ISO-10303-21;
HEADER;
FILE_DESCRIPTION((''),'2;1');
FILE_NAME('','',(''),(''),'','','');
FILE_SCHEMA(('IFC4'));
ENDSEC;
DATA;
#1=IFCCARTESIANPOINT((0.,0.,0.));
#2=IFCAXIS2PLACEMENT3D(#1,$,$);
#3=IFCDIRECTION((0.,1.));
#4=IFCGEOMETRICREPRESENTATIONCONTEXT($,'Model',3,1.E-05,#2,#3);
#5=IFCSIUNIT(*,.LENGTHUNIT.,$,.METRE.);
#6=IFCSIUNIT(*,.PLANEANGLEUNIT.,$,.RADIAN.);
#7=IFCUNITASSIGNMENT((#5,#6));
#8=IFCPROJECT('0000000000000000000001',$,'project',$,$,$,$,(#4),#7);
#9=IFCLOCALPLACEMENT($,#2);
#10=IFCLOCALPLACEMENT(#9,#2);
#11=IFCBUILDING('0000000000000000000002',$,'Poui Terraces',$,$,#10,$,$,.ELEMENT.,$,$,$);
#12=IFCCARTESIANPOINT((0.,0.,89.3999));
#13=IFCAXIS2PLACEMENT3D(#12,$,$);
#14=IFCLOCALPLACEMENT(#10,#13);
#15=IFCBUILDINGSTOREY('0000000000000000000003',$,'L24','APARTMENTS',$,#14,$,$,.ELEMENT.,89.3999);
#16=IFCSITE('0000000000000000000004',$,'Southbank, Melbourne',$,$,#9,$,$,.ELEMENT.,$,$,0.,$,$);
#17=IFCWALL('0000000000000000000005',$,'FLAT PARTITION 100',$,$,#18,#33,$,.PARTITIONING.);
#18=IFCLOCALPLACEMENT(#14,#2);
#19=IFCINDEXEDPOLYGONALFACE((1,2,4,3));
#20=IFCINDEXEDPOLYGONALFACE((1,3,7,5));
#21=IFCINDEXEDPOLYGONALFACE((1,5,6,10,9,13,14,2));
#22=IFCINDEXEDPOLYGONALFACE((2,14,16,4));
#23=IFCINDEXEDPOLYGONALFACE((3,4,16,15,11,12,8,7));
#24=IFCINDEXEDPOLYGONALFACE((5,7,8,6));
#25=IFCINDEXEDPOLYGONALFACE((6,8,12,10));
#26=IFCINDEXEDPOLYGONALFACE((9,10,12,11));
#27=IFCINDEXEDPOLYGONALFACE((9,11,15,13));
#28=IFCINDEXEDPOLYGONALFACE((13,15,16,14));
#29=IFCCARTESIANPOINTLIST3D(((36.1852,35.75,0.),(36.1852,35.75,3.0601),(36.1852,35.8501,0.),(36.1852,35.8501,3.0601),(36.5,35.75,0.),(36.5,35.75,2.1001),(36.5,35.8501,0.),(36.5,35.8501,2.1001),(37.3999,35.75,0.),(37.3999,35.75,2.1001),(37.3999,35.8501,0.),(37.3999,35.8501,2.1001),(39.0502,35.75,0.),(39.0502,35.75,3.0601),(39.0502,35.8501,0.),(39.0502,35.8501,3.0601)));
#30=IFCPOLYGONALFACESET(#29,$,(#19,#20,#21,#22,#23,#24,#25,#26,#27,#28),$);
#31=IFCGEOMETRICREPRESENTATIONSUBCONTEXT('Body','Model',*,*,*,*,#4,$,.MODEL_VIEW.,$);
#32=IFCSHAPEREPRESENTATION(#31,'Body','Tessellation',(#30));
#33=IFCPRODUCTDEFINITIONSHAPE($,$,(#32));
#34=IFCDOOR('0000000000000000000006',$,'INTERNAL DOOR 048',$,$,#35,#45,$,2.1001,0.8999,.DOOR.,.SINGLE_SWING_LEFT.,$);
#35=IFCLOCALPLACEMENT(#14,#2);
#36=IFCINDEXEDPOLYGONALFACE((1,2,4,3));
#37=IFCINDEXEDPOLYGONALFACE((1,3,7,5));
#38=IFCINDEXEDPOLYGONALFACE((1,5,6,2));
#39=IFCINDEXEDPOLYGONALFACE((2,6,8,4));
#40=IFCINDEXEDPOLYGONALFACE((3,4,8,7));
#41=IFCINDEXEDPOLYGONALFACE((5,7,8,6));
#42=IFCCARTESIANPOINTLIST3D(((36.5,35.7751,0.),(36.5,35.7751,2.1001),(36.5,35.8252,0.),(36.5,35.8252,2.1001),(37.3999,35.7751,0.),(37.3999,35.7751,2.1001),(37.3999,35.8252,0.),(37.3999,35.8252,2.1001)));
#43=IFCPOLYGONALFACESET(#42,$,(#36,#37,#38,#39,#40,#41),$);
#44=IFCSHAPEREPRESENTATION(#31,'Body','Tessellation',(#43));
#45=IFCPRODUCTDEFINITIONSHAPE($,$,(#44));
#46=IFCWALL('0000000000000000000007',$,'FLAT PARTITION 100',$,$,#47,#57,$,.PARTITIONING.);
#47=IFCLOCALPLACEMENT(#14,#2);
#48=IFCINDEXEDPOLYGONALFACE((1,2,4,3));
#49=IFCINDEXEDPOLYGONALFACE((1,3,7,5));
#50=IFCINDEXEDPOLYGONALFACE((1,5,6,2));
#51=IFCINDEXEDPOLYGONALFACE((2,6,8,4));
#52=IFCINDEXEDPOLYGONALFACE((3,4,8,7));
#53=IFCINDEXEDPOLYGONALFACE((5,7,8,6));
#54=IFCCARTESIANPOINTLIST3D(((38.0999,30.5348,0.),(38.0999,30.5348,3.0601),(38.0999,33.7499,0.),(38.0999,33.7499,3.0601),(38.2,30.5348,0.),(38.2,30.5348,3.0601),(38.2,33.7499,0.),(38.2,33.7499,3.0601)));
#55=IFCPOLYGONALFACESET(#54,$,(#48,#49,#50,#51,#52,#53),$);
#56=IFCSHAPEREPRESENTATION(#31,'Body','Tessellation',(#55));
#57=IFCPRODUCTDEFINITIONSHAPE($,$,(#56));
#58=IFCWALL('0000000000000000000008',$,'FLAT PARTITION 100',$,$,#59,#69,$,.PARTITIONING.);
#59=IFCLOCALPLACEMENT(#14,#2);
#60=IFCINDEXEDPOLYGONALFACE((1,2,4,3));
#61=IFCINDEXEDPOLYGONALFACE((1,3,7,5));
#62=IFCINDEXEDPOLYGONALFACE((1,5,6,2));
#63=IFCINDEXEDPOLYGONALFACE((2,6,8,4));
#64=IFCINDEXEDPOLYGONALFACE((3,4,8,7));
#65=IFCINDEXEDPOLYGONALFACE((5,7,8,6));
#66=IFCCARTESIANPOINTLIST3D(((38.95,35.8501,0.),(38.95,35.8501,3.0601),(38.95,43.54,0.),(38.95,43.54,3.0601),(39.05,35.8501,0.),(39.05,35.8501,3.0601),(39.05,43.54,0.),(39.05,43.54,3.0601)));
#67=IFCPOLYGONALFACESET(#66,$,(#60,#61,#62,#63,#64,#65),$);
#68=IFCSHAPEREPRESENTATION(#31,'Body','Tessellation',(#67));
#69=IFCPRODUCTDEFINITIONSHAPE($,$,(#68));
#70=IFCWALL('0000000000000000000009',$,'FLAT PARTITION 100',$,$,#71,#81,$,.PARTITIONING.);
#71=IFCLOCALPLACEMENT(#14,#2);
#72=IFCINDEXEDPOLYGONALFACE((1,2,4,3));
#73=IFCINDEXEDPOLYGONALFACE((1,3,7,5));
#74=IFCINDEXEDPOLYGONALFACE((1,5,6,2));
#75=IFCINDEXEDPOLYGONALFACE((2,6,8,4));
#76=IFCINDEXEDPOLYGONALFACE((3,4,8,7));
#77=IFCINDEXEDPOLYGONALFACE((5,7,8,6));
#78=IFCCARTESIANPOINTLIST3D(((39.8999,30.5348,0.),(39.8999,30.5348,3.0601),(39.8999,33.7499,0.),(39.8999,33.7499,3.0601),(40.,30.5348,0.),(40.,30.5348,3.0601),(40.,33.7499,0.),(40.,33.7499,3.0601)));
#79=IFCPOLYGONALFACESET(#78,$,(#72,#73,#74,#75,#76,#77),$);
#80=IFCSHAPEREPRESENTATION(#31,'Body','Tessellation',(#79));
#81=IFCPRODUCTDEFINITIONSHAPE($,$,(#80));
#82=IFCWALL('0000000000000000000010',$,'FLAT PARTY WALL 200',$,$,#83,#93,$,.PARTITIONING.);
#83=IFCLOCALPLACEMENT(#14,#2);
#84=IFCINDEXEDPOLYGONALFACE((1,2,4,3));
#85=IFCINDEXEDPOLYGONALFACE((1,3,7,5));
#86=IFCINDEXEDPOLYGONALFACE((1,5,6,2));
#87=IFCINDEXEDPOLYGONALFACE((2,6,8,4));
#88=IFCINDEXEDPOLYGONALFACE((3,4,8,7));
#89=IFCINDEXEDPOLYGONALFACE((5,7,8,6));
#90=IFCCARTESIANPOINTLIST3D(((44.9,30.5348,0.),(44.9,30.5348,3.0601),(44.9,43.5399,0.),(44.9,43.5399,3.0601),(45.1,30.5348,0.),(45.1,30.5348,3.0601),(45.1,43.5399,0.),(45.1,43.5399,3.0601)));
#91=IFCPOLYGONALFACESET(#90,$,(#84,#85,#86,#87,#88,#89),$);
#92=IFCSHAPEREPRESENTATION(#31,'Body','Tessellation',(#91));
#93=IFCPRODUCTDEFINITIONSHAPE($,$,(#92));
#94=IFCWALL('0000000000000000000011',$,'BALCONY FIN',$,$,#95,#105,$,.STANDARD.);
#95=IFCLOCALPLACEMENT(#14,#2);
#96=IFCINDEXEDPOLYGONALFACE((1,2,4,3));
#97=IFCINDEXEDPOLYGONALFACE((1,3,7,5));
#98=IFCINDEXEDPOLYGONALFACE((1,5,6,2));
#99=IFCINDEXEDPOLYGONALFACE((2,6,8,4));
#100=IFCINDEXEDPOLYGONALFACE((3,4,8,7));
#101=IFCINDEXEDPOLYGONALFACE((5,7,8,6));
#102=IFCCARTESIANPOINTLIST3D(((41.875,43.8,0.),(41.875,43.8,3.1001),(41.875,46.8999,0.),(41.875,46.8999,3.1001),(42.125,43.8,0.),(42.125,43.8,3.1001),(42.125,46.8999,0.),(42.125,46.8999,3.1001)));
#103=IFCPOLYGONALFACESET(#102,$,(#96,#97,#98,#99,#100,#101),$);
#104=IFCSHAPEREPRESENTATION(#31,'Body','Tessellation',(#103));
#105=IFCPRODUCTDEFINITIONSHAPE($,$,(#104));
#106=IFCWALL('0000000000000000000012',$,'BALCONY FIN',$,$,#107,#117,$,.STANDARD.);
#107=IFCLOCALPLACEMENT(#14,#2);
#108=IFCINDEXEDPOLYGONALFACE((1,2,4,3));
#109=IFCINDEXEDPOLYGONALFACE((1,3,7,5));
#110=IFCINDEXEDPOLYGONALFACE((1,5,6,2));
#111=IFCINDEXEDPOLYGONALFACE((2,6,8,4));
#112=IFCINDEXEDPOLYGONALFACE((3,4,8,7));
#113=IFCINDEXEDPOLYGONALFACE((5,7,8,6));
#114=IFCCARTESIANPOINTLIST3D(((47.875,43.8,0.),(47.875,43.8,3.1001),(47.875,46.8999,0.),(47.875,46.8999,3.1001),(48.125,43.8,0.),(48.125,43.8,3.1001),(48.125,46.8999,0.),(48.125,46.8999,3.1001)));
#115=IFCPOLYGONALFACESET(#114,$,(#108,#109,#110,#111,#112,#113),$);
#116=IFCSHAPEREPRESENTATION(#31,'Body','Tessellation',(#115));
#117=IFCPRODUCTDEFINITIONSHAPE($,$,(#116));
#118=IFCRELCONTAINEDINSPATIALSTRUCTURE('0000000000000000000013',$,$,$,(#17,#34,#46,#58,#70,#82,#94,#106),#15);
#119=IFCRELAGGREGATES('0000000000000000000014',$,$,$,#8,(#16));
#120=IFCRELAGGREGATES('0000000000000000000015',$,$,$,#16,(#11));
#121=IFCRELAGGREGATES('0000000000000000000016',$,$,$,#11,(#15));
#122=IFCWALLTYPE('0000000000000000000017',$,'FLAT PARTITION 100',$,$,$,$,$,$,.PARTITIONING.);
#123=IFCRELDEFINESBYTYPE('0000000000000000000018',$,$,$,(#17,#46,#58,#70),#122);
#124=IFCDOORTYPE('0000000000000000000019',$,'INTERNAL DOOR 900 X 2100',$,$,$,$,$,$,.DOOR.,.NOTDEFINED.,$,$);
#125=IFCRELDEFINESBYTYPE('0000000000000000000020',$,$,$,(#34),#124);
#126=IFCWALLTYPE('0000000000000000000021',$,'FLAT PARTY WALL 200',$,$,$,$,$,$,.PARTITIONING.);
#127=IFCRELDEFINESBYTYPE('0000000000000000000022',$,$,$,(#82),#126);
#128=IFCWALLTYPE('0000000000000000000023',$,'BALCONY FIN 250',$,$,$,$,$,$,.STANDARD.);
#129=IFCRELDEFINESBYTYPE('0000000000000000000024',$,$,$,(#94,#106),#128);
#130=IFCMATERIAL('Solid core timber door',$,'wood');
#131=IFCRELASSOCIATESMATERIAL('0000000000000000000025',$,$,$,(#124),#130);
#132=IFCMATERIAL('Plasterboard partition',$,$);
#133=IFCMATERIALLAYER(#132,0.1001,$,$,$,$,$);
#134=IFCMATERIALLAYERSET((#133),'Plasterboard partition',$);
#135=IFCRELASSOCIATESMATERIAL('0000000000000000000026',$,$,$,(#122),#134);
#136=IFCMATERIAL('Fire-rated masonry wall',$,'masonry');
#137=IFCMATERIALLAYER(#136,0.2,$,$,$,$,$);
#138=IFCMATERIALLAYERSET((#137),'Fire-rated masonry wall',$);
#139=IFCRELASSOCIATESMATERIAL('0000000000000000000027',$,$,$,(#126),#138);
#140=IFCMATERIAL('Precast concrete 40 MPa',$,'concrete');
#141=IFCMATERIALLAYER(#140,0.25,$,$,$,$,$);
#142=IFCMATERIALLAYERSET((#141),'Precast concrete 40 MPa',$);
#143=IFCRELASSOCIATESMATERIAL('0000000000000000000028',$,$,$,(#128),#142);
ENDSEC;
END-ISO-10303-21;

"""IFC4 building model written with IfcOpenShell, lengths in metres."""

from ifc_helpers import new_model, si_unit, direction, frame, frame_2d, origin, place, context, subcontext, project, spatial, polyline, rectangle, outline, extrude, source, transform, mapped, material, layer, layer_set, type_object, element, fill, save


model = new_model("IFC4")

# Units and contexts
model_context = context("Model", 3, precision=1e-05, world=origin(), true_north=direction((0.0, 1.0)))
body_context = subcontext(model_context, "Body", "Model", "MODEL_VIEW")
ifc_project = project(units=[si_unit("LENGTHUNIT", "METRE"), si_unit("PLANEANGLEUNIT", "RADIAN")], contexts=[model_context])

# Site, building, storey
site_placement = place(None, origin())
site = spatial("IfcSite", under=ifc_project, at=site_placement, Name="Southbank, Melbourne", CompositionType="ELEMENT", RefElevation=0.0)
building_placement = place(site_placement, origin())
building = spatial("IfcBuilding", under=site, at=building_placement, Name="Poui Terraces", CompositionType="ELEMENT")
storey_placement = place(building_placement, frame((0.0, 0.0, 89.3999)))
storey = spatial("IfcBuildingStorey", under=building, at=storey_placement, Name="L24", Description="APARTMENTS", CompositionType="ELEMENT", Elevation=89.3999)

# Wall, opening, door
ifc_material_1 = material(Name="Solid core timber door", Category="wood")
door_type_1 = type_object("IfcDoorType", Name="INTERNAL DOOR 900 X 2100", OperationType="NOTDEFINED", PredefinedType="DOOR", material=ifc_material_1)
ifc_material_2 = material(Name="Plasterboard partition")
ifc_layer_1 = layer(ifc_material_2, 0.1001)
ifc_layer_set_1 = layer_set([ifc_layer_1], Name="Plasterboard partition")
wall_type_1 = type_object("IfcWallType", Name="FLAT PARTITION 100", PredefinedType="PARTITIONING", material=ifc_layer_set_1)
wall_1_placement = place(storey_placement, frame((36.1851, 35.8, 0.0), z_axis=(0.0, 0.0, 1.0), x_axis=(1.0, 0.0, 0.0)))
wall_1 = element("IfcWall", 1, at=wall_1_placement, inside=storey, type_object=wall_type_1, Name="FLAT PARTITION 100", PredefinedType="PARTITIONING", context=body_context, shape_type="SweptSolid", body=[
    extrude(rectangle(XDim=2.865, YDim=0.1001, at=frame_2d((1.4326, 0.0))), origin(), (0.0, 0.0, 1.0), 3.0601),
])
opening_1_placement = place(wall_1_placement, frame((0.3149, 0.0, 0.0)))
opening_1 = element("IfcOpeningElement", 2, at=opening_1_placement, cuts=wall_1, PredefinedType="OPENING", context=body_context, shape_type="SweptSolid", body=[
    extrude(rectangle(XDim=0.8999, YDim=2.1001, at=frame_2d((0.45, 1.05))), frame((0.0, 0.0601, 0.0), z_axis=(0.0, -1.0, 0.0), x_axis=(1.0, 0.0, 0.0)), (0.0, 0.0, 1.0), 0.1201),
])
door_1_placement = place(opening_1_placement, frame((0.8999, 0.0, 0.0), z_axis=(0.0, 0.0, 1.0), x_axis=(-1.0, 0.0, 0.0)))
door_1 = element("IfcDoor", 3, at=door_1_placement, inside=storey, type_object=door_type_1, Name="INTERNAL DOOR 048", OperationType="SINGLE_SWING_LEFT", OverallHeight=2.1001, OverallWidth=0.8999, PredefinedType="DOOR", context=body_context, shape_type="SweptSolid", body=[
    extrude(rectangle(XDim=0.8999, YDim=2.1001, at=frame_2d((0.45, 1.05))), frame((0.0, 0.0249, 0.0), z_axis=(0.0, -1.0, 0.0), x_axis=(1.0, 0.0, 0.0)), (0.0, 0.0, 1.0), 0.05),
])
fill(opening_1, door_1)

# Walls
wall_2_placement = place(storey_placement, frame((38.1499, 30.5349, 0.0), z_axis=(0.0, 0.0, 1.0), x_axis=(0.0, 1.0, 0.0)))
element("IfcWall", 4, at=wall_2_placement, inside=storey, type_object=wall_type_1, Name="FLAT PARTITION 100", PredefinedType="PARTITIONING", context=body_context, shape_type="SweptSolid", body=[
    extrude(rectangle(XDim=3.2151, YDim=0.1001, at=frame_2d((1.6074, 0.0))), origin(), (0.0, 0.0, 1.0), 3.0601),
])
wall_3_placement = place(storey_placement, frame((39.0, 35.8501, 0.0), z_axis=(0.0, 0.0, 1.0), x_axis=(0.0, 1.0, 0.0)))
element("IfcWall", 5, at=wall_3_placement, inside=storey, type_object=wall_type_1, Name="FLAT PARTITION 100", PredefinedType="PARTITIONING", context=body_context, shape_type="SweptSolid", body=[
    extrude(rectangle(XDim=7.6899, YDim=0.1001, at=frame_2d((3.845, 0.0))), origin(), (0.0, 0.0, 1.0), 3.0601),
])
wall_4_placement = place(storey_placement, frame((39.95, 30.5349, 0.0), z_axis=(0.0, 0.0, 1.0), x_axis=(0.0, 1.0, 0.0)))
element("IfcWall", 6, at=wall_4_placement, inside=storey, type_object=wall_type_1, Name="FLAT PARTITION 100", PredefinedType="PARTITIONING", context=body_context, shape_type="SweptSolid", body=[
    extrude(rectangle(XDim=3.2151, YDim=0.1001, at=frame_2d((1.6074, 0.0))), origin(), (0.0, 0.0, 1.0), 3.0601),
])
ifc_material_3 = material(Name="Fire-rated masonry wall", Category="masonry")
ifc_layer_2 = layer(ifc_material_3, 0.2)
ifc_layer_set_2 = layer_set([ifc_layer_2], Name="Fire-rated masonry wall")
wall_type_2 = type_object("IfcWallType", Name="FLAT PARTY WALL 200", PredefinedType="PARTITIONING", material=ifc_layer_set_2)
wall_5_placement = place(storey_placement, frame((45.0, 30.5349, 0.0), z_axis=(0.0, 0.0, 1.0), x_axis=(0.0, 1.0, 0.0)))
element("IfcWall", 7, at=wall_5_placement, inside=storey, type_object=wall_type_2, Name="FLAT PARTY WALL 200", PredefinedType="PARTITIONING", context=body_context, shape_type="SweptSolid", body=[
    extrude(rectangle(XDim=13.0051, YDim=0.2, at=frame_2d((6.5024, 0.0))), origin(), (0.0, 0.0, 1.0), 3.0601),
])
ifc_material_4 = material(Name="Precast concrete 40 MPa", Category="concrete")
ifc_layer_3 = layer(ifc_material_4, 0.25)
ifc_layer_set_3 = layer_set([ifc_layer_3], Name="Precast concrete 40 MPa")
wall_type_3 = type_object("IfcWallType", Name="BALCONY FIN 250", PredefinedType="STANDARD", material=ifc_layer_set_3)
shared_shape_1 = source(origin(), body_context, "Body", "SweptSolid", [
    extrude(outline(polyline([(0.0, 0.0), (0.25, 0.0), (0.25, 3.0999), (0.0, 3.0999), (0.0, 0.0)])), origin(), (0.0, 0.0, 1.0), 3.1001),
])
for number, where, name in (
    (8, (41.875, 43.8, 0.0), "BALCONY FIN"),
    (9, (47.875, 43.8, 0.0), "BALCONY FIN"),
):
    element("IfcWall", number, at=place(storey_placement, frame(where)), inside=storey, type_object=wall_type_3, Name=name, PredefinedType="STANDARD", context=body_context, shape_type="MappedRepresentation", body=[
        mapped(shared_shape_1, transform((0.0, 0.0, 0.0))),
    ])

save(model, "model.ifc")
